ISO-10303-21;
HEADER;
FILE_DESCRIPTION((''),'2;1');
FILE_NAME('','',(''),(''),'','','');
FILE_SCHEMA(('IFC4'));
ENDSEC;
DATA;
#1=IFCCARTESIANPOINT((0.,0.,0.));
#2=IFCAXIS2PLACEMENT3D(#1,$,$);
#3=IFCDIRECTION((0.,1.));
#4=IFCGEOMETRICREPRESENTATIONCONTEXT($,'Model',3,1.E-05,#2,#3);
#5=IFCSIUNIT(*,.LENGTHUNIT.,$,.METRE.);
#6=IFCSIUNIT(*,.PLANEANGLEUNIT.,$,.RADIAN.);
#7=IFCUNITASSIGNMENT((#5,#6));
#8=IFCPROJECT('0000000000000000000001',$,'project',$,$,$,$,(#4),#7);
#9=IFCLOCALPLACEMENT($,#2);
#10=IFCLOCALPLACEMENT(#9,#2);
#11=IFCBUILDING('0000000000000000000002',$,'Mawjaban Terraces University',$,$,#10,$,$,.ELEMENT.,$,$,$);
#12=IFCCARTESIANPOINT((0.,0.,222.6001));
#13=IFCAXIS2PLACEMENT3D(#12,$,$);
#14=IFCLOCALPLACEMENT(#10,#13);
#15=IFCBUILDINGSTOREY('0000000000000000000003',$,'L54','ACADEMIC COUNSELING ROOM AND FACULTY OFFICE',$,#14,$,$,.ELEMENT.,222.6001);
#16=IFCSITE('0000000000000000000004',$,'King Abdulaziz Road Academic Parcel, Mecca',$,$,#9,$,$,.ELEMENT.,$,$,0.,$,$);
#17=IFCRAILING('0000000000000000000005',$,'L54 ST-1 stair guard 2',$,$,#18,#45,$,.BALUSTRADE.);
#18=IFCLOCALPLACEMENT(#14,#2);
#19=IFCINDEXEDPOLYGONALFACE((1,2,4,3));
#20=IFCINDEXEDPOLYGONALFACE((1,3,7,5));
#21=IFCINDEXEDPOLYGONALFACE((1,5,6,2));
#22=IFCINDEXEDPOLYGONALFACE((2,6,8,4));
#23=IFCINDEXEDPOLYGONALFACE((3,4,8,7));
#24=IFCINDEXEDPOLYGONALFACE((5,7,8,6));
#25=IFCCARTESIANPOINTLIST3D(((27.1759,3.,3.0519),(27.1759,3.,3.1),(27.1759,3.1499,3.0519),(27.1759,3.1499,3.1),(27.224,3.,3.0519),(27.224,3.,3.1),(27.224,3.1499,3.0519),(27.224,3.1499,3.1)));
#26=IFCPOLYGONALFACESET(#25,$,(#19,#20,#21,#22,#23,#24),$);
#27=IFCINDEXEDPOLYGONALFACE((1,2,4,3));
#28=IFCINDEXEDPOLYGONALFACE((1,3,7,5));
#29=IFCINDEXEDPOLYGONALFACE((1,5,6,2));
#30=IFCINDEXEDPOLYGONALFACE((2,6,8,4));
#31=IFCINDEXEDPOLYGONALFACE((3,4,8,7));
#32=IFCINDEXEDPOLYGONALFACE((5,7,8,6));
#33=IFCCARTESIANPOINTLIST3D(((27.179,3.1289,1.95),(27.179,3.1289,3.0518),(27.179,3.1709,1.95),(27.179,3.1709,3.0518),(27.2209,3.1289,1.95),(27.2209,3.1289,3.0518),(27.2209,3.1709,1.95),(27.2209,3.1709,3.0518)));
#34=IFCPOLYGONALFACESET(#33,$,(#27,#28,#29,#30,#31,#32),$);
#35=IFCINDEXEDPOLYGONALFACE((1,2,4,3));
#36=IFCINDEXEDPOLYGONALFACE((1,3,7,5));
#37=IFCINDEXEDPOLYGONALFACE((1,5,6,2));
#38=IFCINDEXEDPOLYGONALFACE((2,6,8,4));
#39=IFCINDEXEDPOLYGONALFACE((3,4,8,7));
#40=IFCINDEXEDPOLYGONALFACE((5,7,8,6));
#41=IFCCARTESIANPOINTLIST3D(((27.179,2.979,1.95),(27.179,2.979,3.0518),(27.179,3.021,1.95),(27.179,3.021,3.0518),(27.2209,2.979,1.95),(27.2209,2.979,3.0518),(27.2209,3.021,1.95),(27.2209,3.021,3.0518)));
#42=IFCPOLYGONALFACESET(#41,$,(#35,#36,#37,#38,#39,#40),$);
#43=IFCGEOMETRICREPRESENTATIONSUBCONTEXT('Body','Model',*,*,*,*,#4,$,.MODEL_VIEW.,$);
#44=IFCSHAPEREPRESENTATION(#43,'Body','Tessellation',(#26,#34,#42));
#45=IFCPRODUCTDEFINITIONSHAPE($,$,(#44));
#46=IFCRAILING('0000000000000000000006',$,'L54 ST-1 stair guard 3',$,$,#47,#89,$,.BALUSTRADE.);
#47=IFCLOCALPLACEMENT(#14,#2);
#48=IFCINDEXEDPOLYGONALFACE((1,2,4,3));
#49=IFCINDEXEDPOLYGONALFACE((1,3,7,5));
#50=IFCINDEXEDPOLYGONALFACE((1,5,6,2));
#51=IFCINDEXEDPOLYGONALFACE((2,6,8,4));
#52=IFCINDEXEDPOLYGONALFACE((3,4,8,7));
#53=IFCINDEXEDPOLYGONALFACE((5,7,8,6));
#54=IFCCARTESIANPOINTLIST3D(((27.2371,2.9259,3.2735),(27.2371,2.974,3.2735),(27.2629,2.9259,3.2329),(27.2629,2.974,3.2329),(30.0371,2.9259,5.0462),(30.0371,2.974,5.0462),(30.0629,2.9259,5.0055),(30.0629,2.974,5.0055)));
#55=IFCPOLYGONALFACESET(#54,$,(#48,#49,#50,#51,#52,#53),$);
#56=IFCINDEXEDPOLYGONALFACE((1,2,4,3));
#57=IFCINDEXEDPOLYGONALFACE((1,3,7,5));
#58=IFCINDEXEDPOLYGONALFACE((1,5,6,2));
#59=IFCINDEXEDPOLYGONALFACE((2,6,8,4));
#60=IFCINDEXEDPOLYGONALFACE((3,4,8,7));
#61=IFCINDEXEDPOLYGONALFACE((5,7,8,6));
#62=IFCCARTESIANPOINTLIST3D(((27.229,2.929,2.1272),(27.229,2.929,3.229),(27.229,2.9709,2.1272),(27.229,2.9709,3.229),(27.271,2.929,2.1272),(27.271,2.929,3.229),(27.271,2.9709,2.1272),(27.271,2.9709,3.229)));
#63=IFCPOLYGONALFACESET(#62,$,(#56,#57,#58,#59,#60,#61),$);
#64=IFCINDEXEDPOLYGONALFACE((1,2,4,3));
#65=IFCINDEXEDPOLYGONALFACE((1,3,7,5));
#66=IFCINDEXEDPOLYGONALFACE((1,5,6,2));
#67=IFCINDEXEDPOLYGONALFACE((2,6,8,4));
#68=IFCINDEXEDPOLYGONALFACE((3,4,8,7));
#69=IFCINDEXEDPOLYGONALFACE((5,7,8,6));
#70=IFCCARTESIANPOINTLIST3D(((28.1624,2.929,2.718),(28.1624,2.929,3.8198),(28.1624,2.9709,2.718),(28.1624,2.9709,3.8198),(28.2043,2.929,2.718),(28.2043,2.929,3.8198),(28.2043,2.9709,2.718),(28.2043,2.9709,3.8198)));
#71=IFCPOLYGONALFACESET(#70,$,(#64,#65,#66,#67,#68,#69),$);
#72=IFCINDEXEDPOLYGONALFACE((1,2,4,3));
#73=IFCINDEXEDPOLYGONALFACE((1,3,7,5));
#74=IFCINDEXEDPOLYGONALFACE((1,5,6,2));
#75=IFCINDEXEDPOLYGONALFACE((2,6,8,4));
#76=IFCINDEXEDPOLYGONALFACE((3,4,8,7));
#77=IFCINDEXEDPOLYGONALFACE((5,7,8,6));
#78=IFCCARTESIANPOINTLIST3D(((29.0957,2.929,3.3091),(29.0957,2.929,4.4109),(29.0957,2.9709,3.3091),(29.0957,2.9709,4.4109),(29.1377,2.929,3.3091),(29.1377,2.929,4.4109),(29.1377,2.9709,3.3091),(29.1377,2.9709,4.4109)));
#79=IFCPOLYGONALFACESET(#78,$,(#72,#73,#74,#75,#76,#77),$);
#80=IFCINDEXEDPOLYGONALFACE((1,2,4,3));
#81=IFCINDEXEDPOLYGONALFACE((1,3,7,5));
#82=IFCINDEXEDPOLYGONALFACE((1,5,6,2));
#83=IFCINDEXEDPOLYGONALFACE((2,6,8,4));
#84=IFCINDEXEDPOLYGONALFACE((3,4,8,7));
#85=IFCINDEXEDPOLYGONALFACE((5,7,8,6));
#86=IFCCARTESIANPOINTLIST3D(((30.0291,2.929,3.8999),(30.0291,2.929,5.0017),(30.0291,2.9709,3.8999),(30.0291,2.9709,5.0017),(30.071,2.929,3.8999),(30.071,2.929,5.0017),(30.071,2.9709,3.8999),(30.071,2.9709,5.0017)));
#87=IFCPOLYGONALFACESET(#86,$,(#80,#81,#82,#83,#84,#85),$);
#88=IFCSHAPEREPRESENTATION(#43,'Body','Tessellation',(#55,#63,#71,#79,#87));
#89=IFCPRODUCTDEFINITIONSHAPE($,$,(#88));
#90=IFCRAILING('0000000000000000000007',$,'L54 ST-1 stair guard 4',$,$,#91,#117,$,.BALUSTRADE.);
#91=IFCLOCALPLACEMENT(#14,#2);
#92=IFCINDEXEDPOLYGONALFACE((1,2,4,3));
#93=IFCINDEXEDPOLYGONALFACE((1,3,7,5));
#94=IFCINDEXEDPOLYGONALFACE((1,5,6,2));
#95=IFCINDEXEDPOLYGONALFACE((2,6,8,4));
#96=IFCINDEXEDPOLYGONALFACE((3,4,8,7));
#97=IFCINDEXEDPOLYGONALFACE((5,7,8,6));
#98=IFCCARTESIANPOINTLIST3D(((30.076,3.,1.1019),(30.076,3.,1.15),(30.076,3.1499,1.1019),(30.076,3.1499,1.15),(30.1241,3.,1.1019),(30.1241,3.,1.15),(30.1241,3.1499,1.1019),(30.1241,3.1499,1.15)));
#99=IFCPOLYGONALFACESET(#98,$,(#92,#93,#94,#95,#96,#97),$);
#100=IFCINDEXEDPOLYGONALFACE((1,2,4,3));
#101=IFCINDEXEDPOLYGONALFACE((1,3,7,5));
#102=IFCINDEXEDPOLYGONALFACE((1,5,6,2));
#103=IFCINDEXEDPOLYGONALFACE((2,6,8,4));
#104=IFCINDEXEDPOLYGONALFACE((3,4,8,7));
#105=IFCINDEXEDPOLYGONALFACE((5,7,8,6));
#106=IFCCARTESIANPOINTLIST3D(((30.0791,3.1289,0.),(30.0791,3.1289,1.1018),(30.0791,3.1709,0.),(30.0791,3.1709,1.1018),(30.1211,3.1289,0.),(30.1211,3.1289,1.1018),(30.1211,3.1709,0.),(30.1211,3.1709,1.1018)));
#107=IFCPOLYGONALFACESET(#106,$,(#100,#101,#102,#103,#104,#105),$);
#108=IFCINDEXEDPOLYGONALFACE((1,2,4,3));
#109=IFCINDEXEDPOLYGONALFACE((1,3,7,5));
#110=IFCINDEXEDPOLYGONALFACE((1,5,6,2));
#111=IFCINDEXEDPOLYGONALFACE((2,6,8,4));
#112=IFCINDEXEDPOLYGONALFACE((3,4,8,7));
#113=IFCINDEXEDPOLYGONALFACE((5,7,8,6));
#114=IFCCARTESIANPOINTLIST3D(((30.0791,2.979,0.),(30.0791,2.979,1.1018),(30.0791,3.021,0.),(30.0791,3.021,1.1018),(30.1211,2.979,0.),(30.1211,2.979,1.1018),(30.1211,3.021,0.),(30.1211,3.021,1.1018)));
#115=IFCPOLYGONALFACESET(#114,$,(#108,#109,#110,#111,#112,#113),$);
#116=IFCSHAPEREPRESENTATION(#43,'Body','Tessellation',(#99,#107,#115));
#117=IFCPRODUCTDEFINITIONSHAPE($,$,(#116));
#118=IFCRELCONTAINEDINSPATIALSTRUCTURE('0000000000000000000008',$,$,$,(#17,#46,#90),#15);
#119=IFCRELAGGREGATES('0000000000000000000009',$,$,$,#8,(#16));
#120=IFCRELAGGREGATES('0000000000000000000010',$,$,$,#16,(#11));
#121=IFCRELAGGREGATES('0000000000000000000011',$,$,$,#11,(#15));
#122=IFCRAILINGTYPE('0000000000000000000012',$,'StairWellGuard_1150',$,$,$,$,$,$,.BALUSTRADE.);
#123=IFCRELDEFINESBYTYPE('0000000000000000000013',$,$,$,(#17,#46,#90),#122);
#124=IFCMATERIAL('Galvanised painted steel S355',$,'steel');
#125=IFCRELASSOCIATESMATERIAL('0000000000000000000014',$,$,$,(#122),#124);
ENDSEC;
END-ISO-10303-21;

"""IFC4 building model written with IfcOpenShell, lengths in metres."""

from ifc_helpers import new_model, si_unit, direction, frame, origin, origin_2d, place, context, subcontext, project, spatial, rectangle, extrude, material, type_object, element, save


model = new_model("IFC4")

# Units and contexts
model_context = context("Model", 3, precision=1e-05, world=origin(), true_north=direction((0.0, 1.0)))
body_context = subcontext(model_context, "Body", "Model", "MODEL_VIEW")
ifc_project = project(units=[si_unit("LENGTHUNIT", "METRE"), si_unit("PLANEANGLEUNIT", "RADIAN")], contexts=[model_context])

# Site, building, storey
site_placement = place(None, origin())
site = spatial("IfcSite", under=ifc_project, at=site_placement, Name="King Abdulaziz Road Academic Parcel, Mecca", CompositionType="ELEMENT", RefElevation=0.0)
building_placement = place(site_placement, origin())
building = spatial("IfcBuilding", under=site, at=building_placement, Name="Mawjaban Terraces University", CompositionType="ELEMENT")
storey_placement = place(building_placement, frame((0.0, 0.0, 222.6001)))
storey = spatial("IfcBuildingStorey", under=building, at=storey_placement, Name="L54", Description="ACADEMIC COUNSELING ROOM AND FACULTY OFFICE", CompositionType="ELEMENT", Elevation=222.6001)

# Railings
ifc_material_1 = material(Name="Galvanised painted steel S355", Category="steel")
railing_type_1 = type_object("IfcRailingType", Name="StairWellGuard_1150", PredefinedType="BALUSTRADE", material=ifc_material_1)
railing_1_placement = place(storey_placement, frame((27.2, 3.1499, 1.95)))
element("IfcRailing", 1, at=railing_1_placement, inside=storey, type_object=railing_type_1, Name="L54 ST-1 stair guard 2", PredefinedType="BALUSTRADE", context=body_context, shape_type="SweptSolid", body=[
    extrude(rectangle(XDim=0.0481, YDim=0.0481, at=origin_2d()), frame((0.0, 0.0, 1.126), z_axis=(0.0, -1.0, 0.0), x_axis=(1.0, 0.0, 0.0)), (0.0, 0.0, 1.0), 0.1499),
    extrude(rectangle(XDim=0.042, YDim=0.042, at=origin_2d()), origin(), (0.0, 0.0, 1.0), 1.1018),
    extrude(rectangle(XDim=0.042, YDim=0.042, at=origin_2d()), frame((0.0, -0.1499, 0.0)), (0.0, 0.0, 1.0), 1.1018),
])
railing_2_placement = place(storey_placement, frame((27.25, 2.95, 2.1272)))
element("IfcRailing", 2, at=railing_2_placement, inside=storey, type_object=railing_type_1, Name="L54 ST-1 stair guard 3", PredefinedType="BALUSTRADE", context=body_context, shape_type="SweptSolid", body=[
    extrude(rectangle(XDim=0.0481, YDim=0.0481, at=origin_2d()), frame((0.0, 0.0, 1.126), z_axis=(0.844909, 0.0, 0.53491), x_axis=(0.0, 1.0, 0.0)), (0.0, 0.0, 1.0), 3.314),
    extrude(rectangle(XDim=0.042, YDim=0.042, at=origin_2d()), origin(), (0.0, 0.0, 1.0), 1.1018),
    extrude(rectangle(XDim=0.042, YDim=0.042, at=origin_2d()), frame((0.9333, 0.0, 0.5908)), (0.0, 0.0, 1.0), 1.1018),
    extrude(rectangle(XDim=0.042, YDim=0.042, at=origin_2d()), frame((1.8667, 0.0, 1.1819)), (0.0, 0.0, 1.0), 1.1018),
    extrude(rectangle(XDim=0.042, YDim=0.042, at=origin_2d()), frame((2.8, 0.0, 1.7727)), (0.0, 0.0, 1.0), 1.1018),
])
railing_3_placement = place(storey_placement, frame((30.1001, 3.1499, 0.0)))
element("IfcRailing", 3, at=railing_3_placement, inside=storey, type_object=railing_type_1, Name="L54 ST-1 stair guard 4", PredefinedType="BALUSTRADE", context=body_context, shape_type="SweptSolid", body=[
    extrude(rectangle(XDim=0.0481, YDim=0.0481, at=origin_2d()), frame((0.0, 0.0, 1.126), z_axis=(0.0, -1.0, 0.0), x_axis=(1.0, 0.0, 0.0)), (0.0, 0.0, 1.0), 0.1499),
    extrude(rectangle(XDim=0.042, YDim=0.042, at=origin_2d()), origin(), (0.0, 0.0, 1.0), 1.1018),
    extrude(rectangle(XDim=0.042, YDim=0.042, at=origin_2d()), frame((0.0, -0.1499, 0.0)), (0.0, 0.0, 1.0), 1.1018),
])

save(model, "model.ifc")
